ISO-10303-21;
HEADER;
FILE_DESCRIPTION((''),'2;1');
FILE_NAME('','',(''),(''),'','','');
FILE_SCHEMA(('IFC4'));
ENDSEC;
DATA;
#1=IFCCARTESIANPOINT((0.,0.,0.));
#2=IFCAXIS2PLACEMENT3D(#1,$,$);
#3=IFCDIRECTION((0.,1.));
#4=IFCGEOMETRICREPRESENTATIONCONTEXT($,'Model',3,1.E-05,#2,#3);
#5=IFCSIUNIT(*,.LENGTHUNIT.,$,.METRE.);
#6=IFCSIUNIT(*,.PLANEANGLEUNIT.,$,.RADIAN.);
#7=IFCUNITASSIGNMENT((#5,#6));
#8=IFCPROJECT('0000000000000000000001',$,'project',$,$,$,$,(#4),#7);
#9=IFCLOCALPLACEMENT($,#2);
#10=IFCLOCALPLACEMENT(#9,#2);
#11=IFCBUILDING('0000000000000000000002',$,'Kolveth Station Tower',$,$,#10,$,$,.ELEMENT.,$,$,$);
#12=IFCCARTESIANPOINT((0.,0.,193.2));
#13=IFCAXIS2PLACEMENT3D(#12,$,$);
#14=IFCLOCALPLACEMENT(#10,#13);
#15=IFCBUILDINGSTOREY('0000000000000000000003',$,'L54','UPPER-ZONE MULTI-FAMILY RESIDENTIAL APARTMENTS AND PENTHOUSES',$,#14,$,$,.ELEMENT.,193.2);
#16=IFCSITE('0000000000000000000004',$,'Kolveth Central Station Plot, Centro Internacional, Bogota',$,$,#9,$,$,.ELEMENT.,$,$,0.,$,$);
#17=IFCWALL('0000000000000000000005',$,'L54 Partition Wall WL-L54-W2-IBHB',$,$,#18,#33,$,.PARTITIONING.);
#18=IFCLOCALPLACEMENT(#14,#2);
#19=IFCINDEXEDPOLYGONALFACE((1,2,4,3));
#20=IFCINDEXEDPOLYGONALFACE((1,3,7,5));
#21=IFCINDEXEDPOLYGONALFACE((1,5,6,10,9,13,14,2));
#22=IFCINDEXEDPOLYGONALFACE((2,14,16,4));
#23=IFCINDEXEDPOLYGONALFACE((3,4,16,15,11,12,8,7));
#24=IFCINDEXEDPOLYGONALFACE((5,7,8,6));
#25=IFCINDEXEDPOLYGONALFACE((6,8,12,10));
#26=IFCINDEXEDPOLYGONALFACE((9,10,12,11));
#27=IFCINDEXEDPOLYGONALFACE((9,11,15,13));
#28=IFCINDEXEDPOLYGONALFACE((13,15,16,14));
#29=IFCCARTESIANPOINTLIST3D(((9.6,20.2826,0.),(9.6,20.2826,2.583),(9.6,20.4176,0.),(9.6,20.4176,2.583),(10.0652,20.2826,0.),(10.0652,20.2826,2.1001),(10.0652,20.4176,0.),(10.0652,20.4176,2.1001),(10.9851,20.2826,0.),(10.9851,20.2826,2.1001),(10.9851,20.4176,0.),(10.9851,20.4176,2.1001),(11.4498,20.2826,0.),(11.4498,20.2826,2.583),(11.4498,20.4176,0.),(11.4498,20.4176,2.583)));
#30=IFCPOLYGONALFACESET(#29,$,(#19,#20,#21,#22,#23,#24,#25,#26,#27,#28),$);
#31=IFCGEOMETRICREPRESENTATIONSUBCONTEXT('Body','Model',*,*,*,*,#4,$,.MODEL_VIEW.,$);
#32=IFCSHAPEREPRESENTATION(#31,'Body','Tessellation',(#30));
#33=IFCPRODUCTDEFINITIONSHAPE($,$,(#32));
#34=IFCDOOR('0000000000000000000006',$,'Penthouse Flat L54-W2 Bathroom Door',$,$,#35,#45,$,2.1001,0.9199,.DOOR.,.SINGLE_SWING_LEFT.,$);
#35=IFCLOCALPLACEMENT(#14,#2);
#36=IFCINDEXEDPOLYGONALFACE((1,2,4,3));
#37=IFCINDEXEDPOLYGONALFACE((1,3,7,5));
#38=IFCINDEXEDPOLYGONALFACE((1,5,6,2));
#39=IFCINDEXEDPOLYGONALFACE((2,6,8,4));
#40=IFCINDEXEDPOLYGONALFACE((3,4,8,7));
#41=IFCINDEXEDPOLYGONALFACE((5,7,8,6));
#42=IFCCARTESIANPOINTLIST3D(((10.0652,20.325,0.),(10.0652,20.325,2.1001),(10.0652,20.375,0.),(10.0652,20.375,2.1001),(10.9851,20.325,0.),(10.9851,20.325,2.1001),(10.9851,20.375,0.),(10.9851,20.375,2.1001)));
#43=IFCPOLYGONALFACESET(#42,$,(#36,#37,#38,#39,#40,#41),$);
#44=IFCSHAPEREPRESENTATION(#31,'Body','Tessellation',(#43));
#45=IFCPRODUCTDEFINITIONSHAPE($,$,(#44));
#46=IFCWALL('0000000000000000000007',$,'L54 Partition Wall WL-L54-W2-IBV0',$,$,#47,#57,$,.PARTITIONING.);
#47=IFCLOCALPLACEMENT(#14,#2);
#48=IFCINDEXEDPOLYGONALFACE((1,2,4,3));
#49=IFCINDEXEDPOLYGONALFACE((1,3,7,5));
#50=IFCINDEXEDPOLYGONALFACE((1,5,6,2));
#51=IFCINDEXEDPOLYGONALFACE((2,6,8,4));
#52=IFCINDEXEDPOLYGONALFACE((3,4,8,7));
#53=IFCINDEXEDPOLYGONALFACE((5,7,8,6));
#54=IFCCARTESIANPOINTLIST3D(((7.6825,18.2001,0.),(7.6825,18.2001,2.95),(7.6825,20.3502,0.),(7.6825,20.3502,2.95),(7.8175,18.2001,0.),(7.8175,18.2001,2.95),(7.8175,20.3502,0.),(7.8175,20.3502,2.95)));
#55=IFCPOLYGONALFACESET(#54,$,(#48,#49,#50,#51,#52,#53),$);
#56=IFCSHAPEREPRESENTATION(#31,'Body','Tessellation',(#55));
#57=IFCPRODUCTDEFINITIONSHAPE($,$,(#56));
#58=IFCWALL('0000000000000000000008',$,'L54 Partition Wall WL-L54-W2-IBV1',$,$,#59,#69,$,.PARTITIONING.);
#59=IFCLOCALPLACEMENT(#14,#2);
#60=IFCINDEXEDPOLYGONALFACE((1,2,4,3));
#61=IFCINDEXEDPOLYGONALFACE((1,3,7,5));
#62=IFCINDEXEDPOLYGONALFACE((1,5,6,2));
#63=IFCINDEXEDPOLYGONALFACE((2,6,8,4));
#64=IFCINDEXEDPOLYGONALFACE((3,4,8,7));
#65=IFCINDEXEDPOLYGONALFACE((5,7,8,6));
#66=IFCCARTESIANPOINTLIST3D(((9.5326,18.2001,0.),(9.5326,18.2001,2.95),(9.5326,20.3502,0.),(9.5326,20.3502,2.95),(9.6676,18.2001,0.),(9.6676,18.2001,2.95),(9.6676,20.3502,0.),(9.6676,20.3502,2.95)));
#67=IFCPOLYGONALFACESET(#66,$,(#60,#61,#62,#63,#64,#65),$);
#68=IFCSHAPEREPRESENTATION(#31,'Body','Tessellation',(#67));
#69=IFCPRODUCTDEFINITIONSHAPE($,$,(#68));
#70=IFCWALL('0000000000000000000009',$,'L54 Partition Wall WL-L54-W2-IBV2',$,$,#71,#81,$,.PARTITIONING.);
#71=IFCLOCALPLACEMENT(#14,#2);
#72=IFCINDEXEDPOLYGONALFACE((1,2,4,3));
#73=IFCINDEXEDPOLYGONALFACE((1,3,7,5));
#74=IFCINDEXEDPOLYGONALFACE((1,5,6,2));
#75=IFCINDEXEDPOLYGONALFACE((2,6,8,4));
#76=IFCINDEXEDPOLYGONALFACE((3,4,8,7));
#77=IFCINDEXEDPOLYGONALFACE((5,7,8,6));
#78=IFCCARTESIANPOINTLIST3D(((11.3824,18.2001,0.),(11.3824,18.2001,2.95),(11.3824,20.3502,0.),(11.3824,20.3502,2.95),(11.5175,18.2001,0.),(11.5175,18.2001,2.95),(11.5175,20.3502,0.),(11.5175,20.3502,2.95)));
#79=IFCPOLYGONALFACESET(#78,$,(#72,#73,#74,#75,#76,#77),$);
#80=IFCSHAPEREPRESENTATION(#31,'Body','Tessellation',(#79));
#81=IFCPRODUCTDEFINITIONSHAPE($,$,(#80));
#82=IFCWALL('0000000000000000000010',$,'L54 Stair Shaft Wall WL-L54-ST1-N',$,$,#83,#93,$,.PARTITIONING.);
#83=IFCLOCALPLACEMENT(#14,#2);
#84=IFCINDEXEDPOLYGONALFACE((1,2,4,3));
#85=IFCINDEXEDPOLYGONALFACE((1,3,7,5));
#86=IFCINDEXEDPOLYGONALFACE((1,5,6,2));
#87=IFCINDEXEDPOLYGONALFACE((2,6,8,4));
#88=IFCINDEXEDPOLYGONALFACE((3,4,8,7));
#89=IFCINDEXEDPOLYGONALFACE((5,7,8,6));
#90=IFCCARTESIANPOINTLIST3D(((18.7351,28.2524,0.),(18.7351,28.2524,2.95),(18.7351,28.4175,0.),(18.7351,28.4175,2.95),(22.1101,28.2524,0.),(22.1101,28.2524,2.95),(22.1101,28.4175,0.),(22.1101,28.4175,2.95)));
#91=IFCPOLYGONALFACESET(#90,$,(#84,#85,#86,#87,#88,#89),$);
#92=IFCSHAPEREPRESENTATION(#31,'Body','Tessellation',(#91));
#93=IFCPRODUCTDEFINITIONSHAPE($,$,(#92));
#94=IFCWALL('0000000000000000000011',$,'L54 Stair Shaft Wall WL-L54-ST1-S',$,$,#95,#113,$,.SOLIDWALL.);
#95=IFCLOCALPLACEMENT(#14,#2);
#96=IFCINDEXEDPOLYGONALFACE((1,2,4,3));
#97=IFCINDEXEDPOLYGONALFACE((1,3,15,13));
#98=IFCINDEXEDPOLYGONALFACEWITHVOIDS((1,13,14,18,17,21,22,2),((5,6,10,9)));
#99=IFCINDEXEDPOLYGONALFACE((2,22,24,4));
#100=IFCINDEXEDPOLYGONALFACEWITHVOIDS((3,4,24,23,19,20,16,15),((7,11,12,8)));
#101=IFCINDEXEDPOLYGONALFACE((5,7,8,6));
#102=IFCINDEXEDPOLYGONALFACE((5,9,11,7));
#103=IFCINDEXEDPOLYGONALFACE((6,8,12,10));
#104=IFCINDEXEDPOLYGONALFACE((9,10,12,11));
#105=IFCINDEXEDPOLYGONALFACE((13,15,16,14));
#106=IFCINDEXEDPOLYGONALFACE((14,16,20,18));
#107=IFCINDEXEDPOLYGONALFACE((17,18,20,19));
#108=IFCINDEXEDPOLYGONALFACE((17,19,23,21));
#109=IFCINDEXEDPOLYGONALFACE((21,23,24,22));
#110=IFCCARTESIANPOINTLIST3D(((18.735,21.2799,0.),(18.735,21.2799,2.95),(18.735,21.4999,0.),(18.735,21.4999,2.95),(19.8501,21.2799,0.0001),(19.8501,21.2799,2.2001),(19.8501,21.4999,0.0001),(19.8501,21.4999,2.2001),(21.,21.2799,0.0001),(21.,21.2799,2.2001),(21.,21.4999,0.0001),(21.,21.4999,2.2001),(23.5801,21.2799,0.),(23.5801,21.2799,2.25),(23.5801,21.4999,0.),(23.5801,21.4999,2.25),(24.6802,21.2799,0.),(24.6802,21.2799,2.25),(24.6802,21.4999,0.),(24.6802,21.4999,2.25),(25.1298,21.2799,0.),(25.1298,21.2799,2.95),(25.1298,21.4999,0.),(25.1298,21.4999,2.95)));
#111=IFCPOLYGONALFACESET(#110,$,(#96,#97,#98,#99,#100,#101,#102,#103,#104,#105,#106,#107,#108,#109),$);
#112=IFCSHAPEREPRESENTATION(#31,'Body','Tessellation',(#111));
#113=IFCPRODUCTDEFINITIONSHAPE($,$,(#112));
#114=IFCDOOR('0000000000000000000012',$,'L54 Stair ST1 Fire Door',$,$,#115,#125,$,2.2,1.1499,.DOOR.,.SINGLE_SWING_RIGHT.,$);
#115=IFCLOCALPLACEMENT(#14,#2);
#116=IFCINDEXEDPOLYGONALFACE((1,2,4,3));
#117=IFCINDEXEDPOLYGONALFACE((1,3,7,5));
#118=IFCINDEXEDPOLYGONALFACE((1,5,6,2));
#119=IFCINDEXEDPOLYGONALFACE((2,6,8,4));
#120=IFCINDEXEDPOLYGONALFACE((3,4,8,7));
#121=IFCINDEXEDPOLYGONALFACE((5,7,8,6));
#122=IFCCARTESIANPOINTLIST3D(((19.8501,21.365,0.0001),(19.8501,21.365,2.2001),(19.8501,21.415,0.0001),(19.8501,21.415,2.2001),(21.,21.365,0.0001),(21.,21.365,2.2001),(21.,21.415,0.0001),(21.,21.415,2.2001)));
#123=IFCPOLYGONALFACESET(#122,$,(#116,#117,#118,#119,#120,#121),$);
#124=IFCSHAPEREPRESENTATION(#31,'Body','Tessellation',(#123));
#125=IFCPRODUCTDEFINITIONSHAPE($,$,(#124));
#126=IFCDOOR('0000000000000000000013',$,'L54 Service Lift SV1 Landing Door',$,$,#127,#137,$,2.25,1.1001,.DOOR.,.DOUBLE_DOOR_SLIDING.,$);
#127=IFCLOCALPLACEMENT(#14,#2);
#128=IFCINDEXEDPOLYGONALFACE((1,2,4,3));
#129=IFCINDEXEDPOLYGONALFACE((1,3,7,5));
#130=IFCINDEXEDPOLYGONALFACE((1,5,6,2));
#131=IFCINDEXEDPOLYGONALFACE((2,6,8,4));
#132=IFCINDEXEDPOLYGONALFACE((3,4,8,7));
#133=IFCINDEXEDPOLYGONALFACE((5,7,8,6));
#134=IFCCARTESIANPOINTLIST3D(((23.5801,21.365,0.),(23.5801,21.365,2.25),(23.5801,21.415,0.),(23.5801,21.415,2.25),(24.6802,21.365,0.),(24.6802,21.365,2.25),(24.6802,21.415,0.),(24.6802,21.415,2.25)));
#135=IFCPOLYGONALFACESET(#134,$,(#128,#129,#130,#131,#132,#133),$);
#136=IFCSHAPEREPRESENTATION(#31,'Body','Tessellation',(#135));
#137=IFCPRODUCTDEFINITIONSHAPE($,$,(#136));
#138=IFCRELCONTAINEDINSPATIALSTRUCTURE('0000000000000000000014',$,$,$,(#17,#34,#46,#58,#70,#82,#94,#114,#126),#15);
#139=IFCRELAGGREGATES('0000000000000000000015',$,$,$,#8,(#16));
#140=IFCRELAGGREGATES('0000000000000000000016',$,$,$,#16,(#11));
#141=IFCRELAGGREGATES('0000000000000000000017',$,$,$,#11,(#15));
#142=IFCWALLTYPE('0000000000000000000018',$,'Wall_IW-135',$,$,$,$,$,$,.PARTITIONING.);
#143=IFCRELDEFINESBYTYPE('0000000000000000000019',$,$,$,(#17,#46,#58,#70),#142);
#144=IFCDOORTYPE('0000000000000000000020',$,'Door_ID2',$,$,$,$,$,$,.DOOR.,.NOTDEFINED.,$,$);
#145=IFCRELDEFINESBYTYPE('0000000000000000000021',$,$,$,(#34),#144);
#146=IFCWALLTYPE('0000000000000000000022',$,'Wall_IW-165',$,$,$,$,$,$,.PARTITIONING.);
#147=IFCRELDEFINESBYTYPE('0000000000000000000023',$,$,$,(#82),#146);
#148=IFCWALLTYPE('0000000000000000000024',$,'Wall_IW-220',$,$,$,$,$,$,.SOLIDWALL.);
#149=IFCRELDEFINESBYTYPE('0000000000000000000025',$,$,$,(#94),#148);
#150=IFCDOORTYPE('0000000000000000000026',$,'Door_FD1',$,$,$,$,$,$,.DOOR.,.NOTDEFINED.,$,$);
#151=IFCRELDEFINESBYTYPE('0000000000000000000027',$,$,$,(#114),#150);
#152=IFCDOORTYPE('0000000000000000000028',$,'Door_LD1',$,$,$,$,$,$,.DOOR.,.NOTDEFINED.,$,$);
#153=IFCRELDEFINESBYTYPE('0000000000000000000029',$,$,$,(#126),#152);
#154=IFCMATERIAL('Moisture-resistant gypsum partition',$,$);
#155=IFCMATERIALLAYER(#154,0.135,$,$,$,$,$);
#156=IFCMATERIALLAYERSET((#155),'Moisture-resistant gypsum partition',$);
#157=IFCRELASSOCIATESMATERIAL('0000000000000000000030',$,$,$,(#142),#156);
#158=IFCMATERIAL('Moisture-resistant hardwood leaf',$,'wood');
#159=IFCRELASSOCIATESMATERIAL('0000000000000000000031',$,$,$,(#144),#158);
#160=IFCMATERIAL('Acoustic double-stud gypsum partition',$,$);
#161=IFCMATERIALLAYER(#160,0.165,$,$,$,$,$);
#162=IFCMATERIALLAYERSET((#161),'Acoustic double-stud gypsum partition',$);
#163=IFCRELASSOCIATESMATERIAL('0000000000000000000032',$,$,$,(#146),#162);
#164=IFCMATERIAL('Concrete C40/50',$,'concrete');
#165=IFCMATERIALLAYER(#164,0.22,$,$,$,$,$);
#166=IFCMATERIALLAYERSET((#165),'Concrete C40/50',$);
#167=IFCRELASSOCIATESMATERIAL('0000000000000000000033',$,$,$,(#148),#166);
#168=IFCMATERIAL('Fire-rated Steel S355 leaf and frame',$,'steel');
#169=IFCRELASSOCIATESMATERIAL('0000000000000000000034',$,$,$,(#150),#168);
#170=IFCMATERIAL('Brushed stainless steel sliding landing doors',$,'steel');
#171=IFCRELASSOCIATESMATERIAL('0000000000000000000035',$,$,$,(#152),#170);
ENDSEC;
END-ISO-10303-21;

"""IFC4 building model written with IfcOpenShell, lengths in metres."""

from ifc_helpers import new_model, si_unit, direction, frame, frame_2d, origin, place, context, subcontext, project, spatial, rectangle, extrude, material, layer, layer_set, type_object, element, fill, save


model = new_model("IFC4")

# Units and contexts
model_context = context("Model", 3, precision=1e-05, world=origin(), true_north=direction((0.0, 1.0)))
body_context = subcontext(model_context, "Body", "Model", "MODEL_VIEW")
ifc_project = project(units=[si_unit("LENGTHUNIT", "METRE"), si_unit("PLANEANGLEUNIT", "RADIAN")], contexts=[model_context])

# Site, building, storey
site_placement = place(None, origin())
site = spatial("IfcSite", under=ifc_project, at=site_placement, Name="Kolveth Central Station Plot, Centro Internacional, Bogota", CompositionType="ELEMENT", RefElevation=0.0)
building_placement = place(site_placement, origin())
building = spatial("IfcBuilding", under=site, at=building_placement, Name="Kolveth Station Tower", CompositionType="ELEMENT")
storey_placement = place(building_placement, frame((0.0, 0.0, 193.2)))
storey = spatial("IfcBuildingStorey", under=building, at=storey_placement, Name="L54", Description="UPPER-ZONE MULTI-FAMILY RESIDENTIAL APARTMENTS AND PENTHOUSES", CompositionType="ELEMENT", Elevation=193.2)

# Wall, opening, door
ifc_material_1 = material(Name="Moisture-resistant gypsum partition")
ifc_layer_1 = layer(ifc_material_1, 0.135)
ifc_layer_set_1 = layer_set([ifc_layer_1], Name="Moisture-resistant gypsum partition")
wall_type_1 = type_object("IfcWallType", Name="Wall_IW-135", PredefinedType="PARTITIONING", material=ifc_layer_set_1)
wall_1_placement = place(storey_placement, frame((9.6001, 20.3501, 0.0), z_axis=(0.0, 0.0, 1.0), x_axis=(1.0, 0.0, 0.0)))
wall_1 = element("IfcWall", 1, at=wall_1_placement, inside=storey, type_object=wall_type_1, Name="L54 Partition Wall WL-L54-W2-IBHB", PredefinedType="PARTITIONING", context=body_context, shape_type="SweptSolid", body=[
    extrude(rectangle(XDim=1.8499, YDim=0.135, at=frame_2d((0.9248, 0.0))), origin(), (0.0, 0.0, 1.0), 2.583),
])
opening_1_placement = place(wall_1_placement, frame((0.4651, 0.0, 0.0)))
opening_1 = element("IfcOpeningElement", 2, at=opening_1_placement, cuts=wall_1, PredefinedType="OPENING", context=body_context, shape_type="SweptSolid", body=[
    extrude(rectangle(XDim=0.9199, YDim=2.1001, at=frame_2d((0.46, 1.05))), frame((0.0, 0.0774, 0.0), z_axis=(0.0, -1.0, 0.0), x_axis=(1.0, 0.0, 0.0)), (0.0, 0.0, 1.0), 0.155),
])
ifc_material_2 = material(Name="Moisture-resistant hardwood leaf", Category="wood")
door_type_1 = type_object("IfcDoorType", Name="Door_ID2", OperationType="NOTDEFINED", PredefinedType="DOOR", material=ifc_material_2)
door_1_placement = place(opening_1_placement, origin())
door_1 = element("IfcDoor", 3, at=door_1_placement, inside=storey, type_object=door_type_1, Name="Penthouse Flat L54-W2 Bathroom Door", OperationType="SINGLE_SWING_LEFT", OverallHeight=2.1001, OverallWidth=0.9199, PredefinedType="DOOR", context=body_context, shape_type="SweptSolid", body=[
    extrude(rectangle(XDim=0.9199, YDim=2.1001, at=frame_2d((0.46, 1.05))), frame((0.0, 0.0249, 0.0), z_axis=(0.0, -1.0, 0.0), x_axis=(1.0, 0.0, 0.0)), (0.0, 0.0, 1.0), 0.05),
])
fill(opening_1, door_1)

# Walls
for number, where, z_axis, x_axis, name in (
    (4, (7.75, 18.2, 0.0), (0.0, 0.0, 1.0), (0.0, 1.0, 0.0), "L54 Partition Wall WL-L54-W2-IBV0"),
    (5, (9.6001, 18.2, 0.0), (0.0, 0.0, 1.0), (0.0, 1.0, 0.0), "L54 Partition Wall WL-L54-W2-IBV1"),
    (6, (11.45, 18.2, 0.0), (0.0, 0.0, 1.0), (0.0, 1.0, 0.0), "L54 Partition Wall WL-L54-W2-IBV2"),
):
    element("IfcWall", number, at=place(storey_placement, frame(where, z_axis=z_axis, x_axis=x_axis)), inside=storey, type_object=wall_type_1, Name=name, PredefinedType="PARTITIONING", context=body_context, shape_type="SweptSolid", body=[
        extrude(rectangle(XDim=2.1501, YDim=0.135, at=frame_2d((1.0752, 0.0))), origin(), (0.0, 0.0, 1.0), 2.95),
    ])
ifc_material_3 = material(Name="Acoustic double-stud gypsum partition")
ifc_layer_2 = layer(ifc_material_3, 0.165)
ifc_layer_set_2 = layer_set([ifc_layer_2], Name="Acoustic double-stud gypsum partition")
wall_type_2 = type_object("IfcWallType", Name="Wall_IW-165", PredefinedType="PARTITIONING", material=ifc_layer_set_2)
wall_2_placement = place(storey_placement, frame((18.7351, 28.335, 0.0), z_axis=(0.0, 0.0, 1.0), x_axis=(1.0, 0.0, 0.0)))
element("IfcWall", 7, at=wall_2_placement, inside=storey, type_object=wall_type_2, Name="L54 Stair Shaft Wall WL-L54-ST1-N", PredefinedType="PARTITIONING", context=body_context, shape_type="SweptSolid", body=[
    extrude(rectangle(XDim=3.375, YDim=0.165, at=frame_2d((1.6875, 0.0))), origin(), (0.0, 0.0, 1.0), 2.95),
])

# Wall, openings, doors
ifc_material_4 = material(Name="Concrete C40/50", Category="concrete")
ifc_layer_3 = layer(ifc_material_4, 0.22)
ifc_layer_set_3 = layer_set([ifc_layer_3], Name="Concrete C40/50")
wall_type_3 = type_object("IfcWallType", Name="Wall_IW-220", PredefinedType="SOLIDWALL", material=ifc_layer_set_3)
wall_3_placement = place(storey_placement, frame((18.7351, 21.3899, 0.0), z_axis=(0.0, 0.0, 1.0), x_axis=(1.0, 0.0, 0.0)))
wall_3 = element("IfcWall", 8, at=wall_3_placement, inside=storey, type_object=wall_type_3, Name="L54 Stair Shaft Wall WL-L54-ST1-S", PredefinedType="SOLIDWALL", context=body_context, shape_type="SweptSolid", body=[
    extrude(rectangle(XDim=6.3948, YDim=0.22, at=frame_2d((3.1973, 0.0))), origin(), (0.0, 0.0, 1.0), 2.95),
])
opening_2_placement = place(wall_3_placement, frame((1.115, 0.0, 0.0)))
opening_2 = element("IfcOpeningElement", 9, at=opening_2_placement, cuts=wall_3, PredefinedType="OPENING", context=body_context, shape_type="SweptSolid", body=[
    extrude(rectangle(XDim=1.1499, YDim=2.2, at=frame_2d((0.575, 1.1001))), frame((0.0, 0.1199, 0.0), z_axis=(0.0, -1.0, 0.0), x_axis=(1.0, 0.0, 0.0)), (0.0, 0.0, 1.0), 0.24),
])
opening_3_placement = place(wall_3_placement, frame((4.845, 0.0, 0.0)))
opening_3 = element("IfcOpeningElement", 10, at=opening_3_placement, cuts=wall_3, PredefinedType="OPENING", context=body_context, shape_type="SweptSolid", body=[
    extrude(rectangle(XDim=1.1001, YDim=2.25, at=frame_2d((0.55, 1.125))), frame((0.0, 0.1199, 0.0), z_axis=(0.0, -1.0, 0.0), x_axis=(1.0, 0.0, 0.0)), (0.0, 0.0, 1.0), 0.24),
])
ifc_material_5 = material(Name="Fire-rated Steel S355 leaf and frame", Category="steel")
door_type_2 = type_object("IfcDoorType", Name="Door_FD1", OperationType="NOTDEFINED", PredefinedType="DOOR", material=ifc_material_5)
door_2_placement = place(opening_2_placement, frame((1.1499, 0.0, 0.0), z_axis=(0.0, 0.0, 1.0), x_axis=(-1.0, 0.0, 0.0)))
door_2 = element("IfcDoor", 11, at=door_2_placement, inside=storey, type_object=door_type_2, Name="L54 Stair ST1 Fire Door", OperationType="SINGLE_SWING_RIGHT", OverallHeight=2.2, OverallWidth=1.1499, PredefinedType="DOOR", context=body_context, shape_type="SweptSolid", body=[
    extrude(rectangle(XDim=1.1499, YDim=2.2, at=frame_2d((0.575, 1.1001))), frame((0.0, 0.0249, 0.0), z_axis=(0.0, -1.0, 0.0), x_axis=(1.0, 0.0, 0.0)), (0.0, 0.0, 1.0), 0.05),
])
fill(opening_2, door_2)
ifc_material_6 = material(Name="Brushed stainless steel sliding landing doors", Category="steel")
door_type_3 = type_object("IfcDoorType", Name="Door_LD1", OperationType="NOTDEFINED", PredefinedType="DOOR", material=ifc_material_6)
door_3_placement = place(opening_3_placement, frame((1.1001, 0.0, 0.0), z_axis=(0.0, 0.0, 1.0), x_axis=(-1.0, 0.0, 0.0)))
door_3 = element("IfcDoor", 12, at=door_3_placement, inside=storey, type_object=door_type_3, Name="L54 Service Lift SV1 Landing Door", OperationType="DOUBLE_DOOR_SLIDING", OverallHeight=2.25, OverallWidth=1.1001, PredefinedType="DOOR", context=body_context, shape_type="SweptSolid", body=[
    extrude(rectangle(XDim=1.1001, YDim=2.25, at=frame_2d((0.55, 1.125))), frame((0.0, 0.0249, 0.0), z_axis=(0.0, -1.0, 0.0), x_axis=(1.0, 0.0, 0.0)), (0.0, 0.0, 1.0), 0.05),
])
fill(opening_3, door_3)

save(model, "model.ifc")
